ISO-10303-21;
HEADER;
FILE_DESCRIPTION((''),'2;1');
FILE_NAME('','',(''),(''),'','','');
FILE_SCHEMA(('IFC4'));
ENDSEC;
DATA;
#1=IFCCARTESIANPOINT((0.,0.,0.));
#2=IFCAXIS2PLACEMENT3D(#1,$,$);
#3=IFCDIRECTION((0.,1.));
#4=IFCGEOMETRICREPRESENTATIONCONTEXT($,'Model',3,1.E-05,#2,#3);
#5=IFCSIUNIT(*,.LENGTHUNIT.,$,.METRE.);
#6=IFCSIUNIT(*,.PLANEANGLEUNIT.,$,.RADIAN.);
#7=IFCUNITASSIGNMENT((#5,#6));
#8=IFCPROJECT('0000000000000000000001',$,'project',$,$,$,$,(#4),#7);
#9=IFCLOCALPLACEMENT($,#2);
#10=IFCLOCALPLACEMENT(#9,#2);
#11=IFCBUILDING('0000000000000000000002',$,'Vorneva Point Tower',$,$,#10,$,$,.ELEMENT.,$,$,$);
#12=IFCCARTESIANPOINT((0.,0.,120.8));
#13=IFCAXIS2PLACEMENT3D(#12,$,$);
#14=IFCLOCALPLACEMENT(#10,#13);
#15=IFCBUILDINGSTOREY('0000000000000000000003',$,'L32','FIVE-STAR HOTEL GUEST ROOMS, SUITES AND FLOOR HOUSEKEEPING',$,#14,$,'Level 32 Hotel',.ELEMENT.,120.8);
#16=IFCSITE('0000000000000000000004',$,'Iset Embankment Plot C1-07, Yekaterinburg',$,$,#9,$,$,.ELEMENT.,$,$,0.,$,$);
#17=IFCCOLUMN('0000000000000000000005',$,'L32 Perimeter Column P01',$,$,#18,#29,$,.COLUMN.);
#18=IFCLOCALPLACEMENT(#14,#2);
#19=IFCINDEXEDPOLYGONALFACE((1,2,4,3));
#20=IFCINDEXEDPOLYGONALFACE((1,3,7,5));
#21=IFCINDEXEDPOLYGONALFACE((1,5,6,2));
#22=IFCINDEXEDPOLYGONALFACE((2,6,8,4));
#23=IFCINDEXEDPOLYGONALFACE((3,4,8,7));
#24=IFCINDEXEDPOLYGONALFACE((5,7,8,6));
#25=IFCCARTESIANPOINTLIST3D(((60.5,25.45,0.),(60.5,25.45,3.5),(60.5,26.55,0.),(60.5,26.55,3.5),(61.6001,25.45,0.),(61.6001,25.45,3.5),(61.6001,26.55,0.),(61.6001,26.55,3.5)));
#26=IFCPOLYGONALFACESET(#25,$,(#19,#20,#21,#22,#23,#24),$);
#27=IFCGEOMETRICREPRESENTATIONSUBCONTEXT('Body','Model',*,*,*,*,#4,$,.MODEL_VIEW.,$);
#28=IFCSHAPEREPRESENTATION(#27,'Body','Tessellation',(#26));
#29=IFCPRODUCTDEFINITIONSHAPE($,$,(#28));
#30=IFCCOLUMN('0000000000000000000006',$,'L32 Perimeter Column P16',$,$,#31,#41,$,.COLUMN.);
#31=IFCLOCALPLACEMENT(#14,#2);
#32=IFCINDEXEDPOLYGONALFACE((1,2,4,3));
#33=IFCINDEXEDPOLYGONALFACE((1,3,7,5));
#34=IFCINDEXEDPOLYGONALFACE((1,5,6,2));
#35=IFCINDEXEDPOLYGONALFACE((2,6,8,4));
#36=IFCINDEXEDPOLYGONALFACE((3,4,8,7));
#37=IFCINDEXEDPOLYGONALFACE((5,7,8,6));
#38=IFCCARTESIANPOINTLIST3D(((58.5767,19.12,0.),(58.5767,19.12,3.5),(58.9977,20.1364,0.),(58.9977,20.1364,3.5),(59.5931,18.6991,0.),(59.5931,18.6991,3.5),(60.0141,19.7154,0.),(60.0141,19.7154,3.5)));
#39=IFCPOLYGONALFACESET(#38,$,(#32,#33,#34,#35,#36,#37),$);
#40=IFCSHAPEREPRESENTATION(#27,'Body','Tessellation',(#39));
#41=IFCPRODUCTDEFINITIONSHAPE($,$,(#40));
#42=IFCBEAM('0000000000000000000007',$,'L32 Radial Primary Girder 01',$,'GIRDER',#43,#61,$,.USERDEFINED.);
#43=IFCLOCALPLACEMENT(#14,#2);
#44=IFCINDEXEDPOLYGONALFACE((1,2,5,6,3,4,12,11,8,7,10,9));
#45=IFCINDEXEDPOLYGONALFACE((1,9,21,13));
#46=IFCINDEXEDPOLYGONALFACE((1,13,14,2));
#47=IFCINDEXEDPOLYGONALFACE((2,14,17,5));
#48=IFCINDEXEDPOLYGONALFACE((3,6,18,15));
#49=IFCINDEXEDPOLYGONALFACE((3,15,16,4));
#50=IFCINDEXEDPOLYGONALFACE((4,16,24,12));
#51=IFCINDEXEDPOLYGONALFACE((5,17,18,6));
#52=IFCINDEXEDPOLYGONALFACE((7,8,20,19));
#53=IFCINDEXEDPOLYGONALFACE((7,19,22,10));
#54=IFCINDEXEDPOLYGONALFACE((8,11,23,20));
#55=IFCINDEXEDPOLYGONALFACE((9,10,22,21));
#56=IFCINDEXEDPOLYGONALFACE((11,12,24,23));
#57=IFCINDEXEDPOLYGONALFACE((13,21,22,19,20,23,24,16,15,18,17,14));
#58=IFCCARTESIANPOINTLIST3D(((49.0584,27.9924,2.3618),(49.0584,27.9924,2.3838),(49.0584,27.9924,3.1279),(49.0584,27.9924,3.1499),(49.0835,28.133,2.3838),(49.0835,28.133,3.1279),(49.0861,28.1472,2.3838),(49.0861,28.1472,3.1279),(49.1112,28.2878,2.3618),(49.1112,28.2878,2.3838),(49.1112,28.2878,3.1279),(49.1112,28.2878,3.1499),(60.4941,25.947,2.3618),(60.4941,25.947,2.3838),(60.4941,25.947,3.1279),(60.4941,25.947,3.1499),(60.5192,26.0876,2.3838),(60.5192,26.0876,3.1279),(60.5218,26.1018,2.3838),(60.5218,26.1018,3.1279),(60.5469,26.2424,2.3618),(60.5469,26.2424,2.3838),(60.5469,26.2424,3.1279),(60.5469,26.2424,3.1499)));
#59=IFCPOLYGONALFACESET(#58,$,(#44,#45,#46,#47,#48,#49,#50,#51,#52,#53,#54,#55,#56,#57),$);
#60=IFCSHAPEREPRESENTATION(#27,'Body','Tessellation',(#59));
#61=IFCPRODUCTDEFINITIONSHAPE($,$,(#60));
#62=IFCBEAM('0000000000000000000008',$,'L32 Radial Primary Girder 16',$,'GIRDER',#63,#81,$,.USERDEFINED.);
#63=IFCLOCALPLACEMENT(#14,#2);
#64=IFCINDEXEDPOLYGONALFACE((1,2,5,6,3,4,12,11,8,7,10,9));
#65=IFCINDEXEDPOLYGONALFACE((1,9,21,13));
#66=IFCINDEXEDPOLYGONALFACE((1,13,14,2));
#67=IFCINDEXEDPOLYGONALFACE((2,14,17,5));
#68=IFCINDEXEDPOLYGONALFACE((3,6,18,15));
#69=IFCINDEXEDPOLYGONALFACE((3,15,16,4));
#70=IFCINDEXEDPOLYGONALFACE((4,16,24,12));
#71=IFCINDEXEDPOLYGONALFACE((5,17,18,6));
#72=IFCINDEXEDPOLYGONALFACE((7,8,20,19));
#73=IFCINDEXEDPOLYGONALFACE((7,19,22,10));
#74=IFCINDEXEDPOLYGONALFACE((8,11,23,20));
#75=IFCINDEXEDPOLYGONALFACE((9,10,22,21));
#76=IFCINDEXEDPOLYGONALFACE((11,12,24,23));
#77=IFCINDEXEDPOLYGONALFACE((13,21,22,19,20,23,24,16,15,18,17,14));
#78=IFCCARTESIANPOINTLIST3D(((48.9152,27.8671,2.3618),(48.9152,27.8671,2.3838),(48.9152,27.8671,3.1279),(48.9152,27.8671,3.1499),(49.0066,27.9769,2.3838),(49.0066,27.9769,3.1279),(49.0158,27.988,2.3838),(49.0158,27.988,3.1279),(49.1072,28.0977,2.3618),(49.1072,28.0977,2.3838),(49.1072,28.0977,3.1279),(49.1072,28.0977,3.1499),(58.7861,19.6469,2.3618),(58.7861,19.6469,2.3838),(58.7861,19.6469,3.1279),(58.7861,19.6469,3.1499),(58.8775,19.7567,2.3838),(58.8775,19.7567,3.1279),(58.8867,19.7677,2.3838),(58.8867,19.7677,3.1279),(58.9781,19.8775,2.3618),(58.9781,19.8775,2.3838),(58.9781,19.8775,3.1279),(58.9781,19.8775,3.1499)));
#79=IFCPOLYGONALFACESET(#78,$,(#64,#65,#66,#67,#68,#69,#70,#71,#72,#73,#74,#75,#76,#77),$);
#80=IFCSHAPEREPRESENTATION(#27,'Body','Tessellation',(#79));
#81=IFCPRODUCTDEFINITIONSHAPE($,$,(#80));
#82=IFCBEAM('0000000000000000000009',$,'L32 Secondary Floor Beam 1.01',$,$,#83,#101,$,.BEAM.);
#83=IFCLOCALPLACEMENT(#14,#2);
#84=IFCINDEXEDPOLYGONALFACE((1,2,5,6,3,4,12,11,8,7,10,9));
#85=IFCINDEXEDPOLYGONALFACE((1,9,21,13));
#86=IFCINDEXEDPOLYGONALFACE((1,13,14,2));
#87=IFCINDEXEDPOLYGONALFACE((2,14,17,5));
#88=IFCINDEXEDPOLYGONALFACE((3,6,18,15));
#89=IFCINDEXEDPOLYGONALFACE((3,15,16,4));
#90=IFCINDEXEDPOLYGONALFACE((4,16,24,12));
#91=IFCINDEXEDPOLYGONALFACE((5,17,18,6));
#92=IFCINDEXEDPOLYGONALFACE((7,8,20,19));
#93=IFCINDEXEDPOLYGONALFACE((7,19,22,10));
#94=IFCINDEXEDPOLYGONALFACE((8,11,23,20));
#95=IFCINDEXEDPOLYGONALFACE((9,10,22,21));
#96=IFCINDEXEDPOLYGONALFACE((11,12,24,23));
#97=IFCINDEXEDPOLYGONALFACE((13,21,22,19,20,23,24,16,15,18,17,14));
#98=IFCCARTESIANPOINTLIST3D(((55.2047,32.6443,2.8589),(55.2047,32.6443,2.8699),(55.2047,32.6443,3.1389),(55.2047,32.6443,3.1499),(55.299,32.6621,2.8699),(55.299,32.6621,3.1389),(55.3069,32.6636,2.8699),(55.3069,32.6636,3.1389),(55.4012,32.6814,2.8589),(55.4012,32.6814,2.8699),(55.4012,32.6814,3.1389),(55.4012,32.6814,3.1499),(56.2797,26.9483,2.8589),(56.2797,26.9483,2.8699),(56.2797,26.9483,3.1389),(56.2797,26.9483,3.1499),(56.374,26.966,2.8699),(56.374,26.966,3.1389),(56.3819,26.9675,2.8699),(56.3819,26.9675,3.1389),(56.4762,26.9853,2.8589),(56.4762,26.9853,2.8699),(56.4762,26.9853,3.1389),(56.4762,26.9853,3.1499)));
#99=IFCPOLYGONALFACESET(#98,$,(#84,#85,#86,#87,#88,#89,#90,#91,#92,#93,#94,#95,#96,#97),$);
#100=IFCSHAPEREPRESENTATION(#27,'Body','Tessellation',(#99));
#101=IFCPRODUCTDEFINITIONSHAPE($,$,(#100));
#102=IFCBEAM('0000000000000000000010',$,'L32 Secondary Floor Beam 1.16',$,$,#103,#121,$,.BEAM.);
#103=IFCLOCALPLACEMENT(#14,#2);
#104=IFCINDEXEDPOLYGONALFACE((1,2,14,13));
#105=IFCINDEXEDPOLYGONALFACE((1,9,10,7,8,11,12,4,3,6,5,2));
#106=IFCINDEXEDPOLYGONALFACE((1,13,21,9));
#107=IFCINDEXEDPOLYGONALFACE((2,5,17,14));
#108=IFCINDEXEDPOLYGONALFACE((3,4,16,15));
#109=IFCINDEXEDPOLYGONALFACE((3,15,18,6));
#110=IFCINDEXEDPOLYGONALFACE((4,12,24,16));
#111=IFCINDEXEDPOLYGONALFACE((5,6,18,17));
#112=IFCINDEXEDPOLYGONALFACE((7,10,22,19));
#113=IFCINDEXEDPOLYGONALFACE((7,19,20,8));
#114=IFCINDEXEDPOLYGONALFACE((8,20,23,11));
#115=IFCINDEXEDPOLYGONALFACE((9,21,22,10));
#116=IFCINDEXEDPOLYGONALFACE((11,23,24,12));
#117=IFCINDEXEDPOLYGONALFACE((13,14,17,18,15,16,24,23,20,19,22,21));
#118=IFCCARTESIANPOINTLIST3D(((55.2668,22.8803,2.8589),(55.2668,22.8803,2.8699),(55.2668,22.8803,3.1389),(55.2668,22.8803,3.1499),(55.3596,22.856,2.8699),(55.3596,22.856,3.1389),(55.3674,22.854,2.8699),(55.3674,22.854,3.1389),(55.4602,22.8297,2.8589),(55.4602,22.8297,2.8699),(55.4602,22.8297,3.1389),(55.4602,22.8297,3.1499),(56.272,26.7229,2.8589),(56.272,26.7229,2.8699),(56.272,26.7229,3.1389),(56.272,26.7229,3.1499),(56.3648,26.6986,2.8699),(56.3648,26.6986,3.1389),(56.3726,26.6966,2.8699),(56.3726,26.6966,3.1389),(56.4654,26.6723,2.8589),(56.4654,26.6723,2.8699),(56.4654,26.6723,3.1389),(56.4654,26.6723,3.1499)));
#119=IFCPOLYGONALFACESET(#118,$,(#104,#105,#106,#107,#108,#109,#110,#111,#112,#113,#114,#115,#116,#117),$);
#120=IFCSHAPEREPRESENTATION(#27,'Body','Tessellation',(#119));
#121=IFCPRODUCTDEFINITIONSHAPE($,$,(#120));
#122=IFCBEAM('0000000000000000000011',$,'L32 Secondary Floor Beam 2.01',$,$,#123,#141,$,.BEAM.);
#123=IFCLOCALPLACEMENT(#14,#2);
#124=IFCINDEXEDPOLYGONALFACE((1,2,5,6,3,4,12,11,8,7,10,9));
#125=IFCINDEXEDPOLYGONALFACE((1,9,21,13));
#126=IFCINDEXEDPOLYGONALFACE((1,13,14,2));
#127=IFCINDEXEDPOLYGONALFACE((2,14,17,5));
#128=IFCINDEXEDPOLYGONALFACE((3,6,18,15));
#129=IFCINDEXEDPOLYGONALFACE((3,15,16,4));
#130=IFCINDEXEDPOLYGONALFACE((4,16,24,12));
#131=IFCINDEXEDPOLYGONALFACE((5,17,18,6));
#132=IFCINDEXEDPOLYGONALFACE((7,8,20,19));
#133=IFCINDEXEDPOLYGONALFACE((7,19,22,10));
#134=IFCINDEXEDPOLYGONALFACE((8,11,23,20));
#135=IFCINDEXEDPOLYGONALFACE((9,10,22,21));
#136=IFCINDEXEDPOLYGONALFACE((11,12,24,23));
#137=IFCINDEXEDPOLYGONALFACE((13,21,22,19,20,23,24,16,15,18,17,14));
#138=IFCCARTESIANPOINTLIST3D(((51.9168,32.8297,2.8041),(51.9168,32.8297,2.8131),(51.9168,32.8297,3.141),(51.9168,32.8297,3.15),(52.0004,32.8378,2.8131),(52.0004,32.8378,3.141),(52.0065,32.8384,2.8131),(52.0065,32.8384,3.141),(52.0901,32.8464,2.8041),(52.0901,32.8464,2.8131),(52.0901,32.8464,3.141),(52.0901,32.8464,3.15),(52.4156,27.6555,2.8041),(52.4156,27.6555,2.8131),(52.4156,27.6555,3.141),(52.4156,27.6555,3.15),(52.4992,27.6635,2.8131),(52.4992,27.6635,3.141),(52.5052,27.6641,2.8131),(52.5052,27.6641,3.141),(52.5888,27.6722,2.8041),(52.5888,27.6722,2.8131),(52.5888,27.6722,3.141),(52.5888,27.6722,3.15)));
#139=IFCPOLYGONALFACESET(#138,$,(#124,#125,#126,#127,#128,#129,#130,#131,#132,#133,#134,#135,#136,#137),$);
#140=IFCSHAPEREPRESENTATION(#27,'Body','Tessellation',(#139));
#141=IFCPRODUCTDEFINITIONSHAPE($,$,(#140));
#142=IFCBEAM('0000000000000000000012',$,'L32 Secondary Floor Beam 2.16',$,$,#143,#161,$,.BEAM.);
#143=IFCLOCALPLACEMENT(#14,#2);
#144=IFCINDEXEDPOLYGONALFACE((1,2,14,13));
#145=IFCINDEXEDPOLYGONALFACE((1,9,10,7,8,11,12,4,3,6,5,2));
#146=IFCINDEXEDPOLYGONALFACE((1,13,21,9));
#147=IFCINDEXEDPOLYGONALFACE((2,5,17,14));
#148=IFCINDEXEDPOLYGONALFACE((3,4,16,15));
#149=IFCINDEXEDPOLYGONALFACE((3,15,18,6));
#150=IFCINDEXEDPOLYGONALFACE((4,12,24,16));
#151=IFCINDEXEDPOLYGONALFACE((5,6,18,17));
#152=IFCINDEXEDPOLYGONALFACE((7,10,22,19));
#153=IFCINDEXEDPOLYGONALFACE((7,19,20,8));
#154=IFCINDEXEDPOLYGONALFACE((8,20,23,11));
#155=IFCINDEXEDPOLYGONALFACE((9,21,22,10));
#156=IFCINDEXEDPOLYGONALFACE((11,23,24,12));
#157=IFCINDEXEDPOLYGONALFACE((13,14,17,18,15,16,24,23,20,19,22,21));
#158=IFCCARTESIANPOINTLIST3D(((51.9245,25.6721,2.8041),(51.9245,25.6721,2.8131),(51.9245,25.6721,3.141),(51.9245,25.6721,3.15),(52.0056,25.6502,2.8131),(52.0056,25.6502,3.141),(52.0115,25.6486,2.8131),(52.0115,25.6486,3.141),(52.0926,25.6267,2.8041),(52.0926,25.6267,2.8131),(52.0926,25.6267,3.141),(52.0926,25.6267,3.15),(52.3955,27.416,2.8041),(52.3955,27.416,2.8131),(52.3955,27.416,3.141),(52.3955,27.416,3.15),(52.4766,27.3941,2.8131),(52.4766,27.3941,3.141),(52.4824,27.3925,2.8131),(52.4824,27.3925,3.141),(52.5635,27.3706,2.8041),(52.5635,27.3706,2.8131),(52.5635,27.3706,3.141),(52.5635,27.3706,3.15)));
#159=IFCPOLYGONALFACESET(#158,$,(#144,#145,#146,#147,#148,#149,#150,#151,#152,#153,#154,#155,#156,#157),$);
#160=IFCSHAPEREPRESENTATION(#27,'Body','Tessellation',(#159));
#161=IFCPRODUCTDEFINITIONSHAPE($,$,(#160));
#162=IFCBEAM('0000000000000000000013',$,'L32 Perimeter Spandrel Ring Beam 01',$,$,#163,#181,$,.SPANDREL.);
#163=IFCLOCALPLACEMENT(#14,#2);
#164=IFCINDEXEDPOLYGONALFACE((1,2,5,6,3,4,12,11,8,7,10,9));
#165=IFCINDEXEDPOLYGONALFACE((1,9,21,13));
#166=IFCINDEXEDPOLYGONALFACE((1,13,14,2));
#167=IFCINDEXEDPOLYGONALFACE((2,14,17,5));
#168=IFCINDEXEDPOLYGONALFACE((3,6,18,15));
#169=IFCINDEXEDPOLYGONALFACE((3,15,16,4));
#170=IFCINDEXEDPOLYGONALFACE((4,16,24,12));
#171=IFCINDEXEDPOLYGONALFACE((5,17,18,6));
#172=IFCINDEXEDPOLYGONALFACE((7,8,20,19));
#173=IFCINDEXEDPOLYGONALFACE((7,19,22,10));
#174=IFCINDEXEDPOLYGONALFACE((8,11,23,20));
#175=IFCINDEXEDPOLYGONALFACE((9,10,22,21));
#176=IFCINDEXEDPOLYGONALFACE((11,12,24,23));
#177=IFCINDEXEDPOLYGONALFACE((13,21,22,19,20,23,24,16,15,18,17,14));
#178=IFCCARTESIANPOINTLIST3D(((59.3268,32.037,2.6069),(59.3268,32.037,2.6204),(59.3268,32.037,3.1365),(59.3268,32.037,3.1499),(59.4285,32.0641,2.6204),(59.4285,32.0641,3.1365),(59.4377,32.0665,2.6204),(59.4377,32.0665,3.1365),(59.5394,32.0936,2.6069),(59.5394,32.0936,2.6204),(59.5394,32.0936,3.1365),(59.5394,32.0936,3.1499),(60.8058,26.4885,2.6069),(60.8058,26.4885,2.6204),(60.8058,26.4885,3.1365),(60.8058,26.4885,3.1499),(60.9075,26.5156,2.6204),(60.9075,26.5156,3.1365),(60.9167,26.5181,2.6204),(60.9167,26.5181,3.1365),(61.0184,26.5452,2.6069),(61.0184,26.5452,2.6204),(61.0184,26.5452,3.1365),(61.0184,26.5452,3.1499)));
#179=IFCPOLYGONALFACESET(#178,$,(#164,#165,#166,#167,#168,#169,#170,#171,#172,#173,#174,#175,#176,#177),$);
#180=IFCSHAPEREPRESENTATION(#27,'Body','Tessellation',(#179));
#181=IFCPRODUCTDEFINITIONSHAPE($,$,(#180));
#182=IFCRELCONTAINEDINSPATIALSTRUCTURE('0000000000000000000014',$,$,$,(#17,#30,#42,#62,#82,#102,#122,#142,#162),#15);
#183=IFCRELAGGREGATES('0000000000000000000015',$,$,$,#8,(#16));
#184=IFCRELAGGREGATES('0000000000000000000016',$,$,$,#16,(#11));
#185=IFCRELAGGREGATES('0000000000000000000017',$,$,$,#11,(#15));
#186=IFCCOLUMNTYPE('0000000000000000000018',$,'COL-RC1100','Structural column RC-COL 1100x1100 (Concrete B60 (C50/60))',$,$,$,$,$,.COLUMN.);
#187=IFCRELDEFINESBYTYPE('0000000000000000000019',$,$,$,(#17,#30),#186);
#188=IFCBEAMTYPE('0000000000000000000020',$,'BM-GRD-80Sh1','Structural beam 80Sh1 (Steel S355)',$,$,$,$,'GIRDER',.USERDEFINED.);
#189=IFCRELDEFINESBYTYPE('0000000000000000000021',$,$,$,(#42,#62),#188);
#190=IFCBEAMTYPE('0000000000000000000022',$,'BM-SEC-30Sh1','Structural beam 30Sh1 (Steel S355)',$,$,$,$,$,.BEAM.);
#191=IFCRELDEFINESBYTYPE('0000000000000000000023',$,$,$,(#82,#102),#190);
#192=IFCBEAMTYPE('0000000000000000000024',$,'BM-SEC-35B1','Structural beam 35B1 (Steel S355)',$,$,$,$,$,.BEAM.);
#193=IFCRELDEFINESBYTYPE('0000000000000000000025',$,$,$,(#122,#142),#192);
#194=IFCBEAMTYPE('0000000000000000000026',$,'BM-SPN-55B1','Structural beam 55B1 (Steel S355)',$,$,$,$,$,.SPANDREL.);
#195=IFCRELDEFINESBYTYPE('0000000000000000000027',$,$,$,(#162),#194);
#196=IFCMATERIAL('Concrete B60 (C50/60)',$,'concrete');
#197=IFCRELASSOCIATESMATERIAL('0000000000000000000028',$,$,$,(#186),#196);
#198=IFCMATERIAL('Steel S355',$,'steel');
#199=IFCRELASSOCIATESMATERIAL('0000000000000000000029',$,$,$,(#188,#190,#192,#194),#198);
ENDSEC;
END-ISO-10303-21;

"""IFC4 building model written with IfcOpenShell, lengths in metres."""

from ifc_helpers import new_model, si_unit, direction, frame, origin, origin_2d, place, context, subcontext, project, spatial, rectangle, i_section, extrude, material, material_profile, profile_set, type_object, element, save


model = new_model("IFC4")

# Units and contexts
model_context = context("Model", 3, precision=1e-05, world=origin(), true_north=direction((0.0, 1.0)))
body_context = subcontext(model_context, "Body", "Model", "MODEL_VIEW")
ifc_project = project(units=[si_unit("LENGTHUNIT", "METRE"), si_unit("PLANEANGLEUNIT", "RADIAN")], contexts=[model_context])

# Site, building, storey
site_placement = place(None, origin())
site = spatial("IfcSite", under=ifc_project, at=site_placement, Name="Iset Embankment Plot C1-07, Yekaterinburg", CompositionType="ELEMENT", RefElevation=0.0)
building_placement = place(site_placement, origin())
building = spatial("IfcBuilding", under=site, at=building_placement, Name="Vorneva Point Tower", CompositionType="ELEMENT")
storey_placement = place(building_placement, frame((0.0, 0.0, 120.8)))
storey = spatial("IfcBuildingStorey", under=building, at=storey_placement, Name="L32", Description="FIVE-STAR HOTEL GUEST ROOMS, SUITES AND FLOOR HOUSEKEEPING", LongName="Level 32 Hotel", CompositionType="ELEMENT", Elevation=120.8)

# Columns
ifc_material_1 = material(Name="Concrete B60 (C50/60)", Category="concrete")
ifc_material_profile_1 = material_profile(ifc_material_1, rectangle(XDim=1.1001, YDim=1.1001, at=origin_2d()), Name="RC-COL 1100x1100")
ifc_profile_set_1 = profile_set([ifc_material_profile_1], Name="Concrete B60 (C50/60)")
column_type = type_object("IfcColumnType", Name="COL-RC1100", Description="Structural column RC-COL 1100x1100 (Concrete B60 (C50/60))", PredefinedType="COLUMN", material=ifc_profile_set_1)
for number, where, z_axis, x_axis, name in (
    (1, (61.05, 26.0, 0.0), (0.0, 0.0, 1.0), (1.0, 0.0, 0.0), "L32 Perimeter Column P01"),
    (2, (59.2954, 19.4177, 0.0), (0.0, 0.0, 1.0), (0.92388, -0.382683, 0.0), "L32 Perimeter Column P16"),
):
    element("IfcColumn", number, at=place(storey_placement, frame(where, z_axis=z_axis, x_axis=x_axis)), inside=storey, type_object=column_type, Name=name, PredefinedType="COLUMN", context=body_context, shape_type="SweptSolid", body=[
        extrude(rectangle(XDim=1.1001, YDim=1.1001, at=origin_2d()), origin(), (0.0, 0.0, 1.0), 3.5),
    ])

# Beams
ifc_material_2 = material(Name="Steel S355", Category="steel")
ifc_material_profile_2 = material_profile(ifc_material_2, i_section(OverallWidth=0.3, OverallDepth=0.7881, WebThickness=0.0144, FlangeThickness=0.022, at=origin_2d()), Name="80Sh1")
ifc_profile_set_2 = profile_set([ifc_material_profile_2], Name="Steel S355")
beam_type_1 = type_object("IfcBeamType", Name="BM-GRD-80Sh1", Description="Structural beam 80Sh1 (Steel S355)", ElementType="GIRDER", PredefinedType="USERDEFINED", material=ifc_profile_set_2)
beam_1_placement = place(storey_placement, frame((60.5205, 26.0947, 2.7559), z_axis=(-0.984378, 0.176066, 0.0), x_axis=(-0.176066, -0.984378, 0.0)))
element("IfcBeam", 3, at=beam_1_placement, inside=storey, type_object=beam_type_1, Name="L32 Radial Primary Girder 01", ObjectType="GIRDER", PredefinedType="USERDEFINED", context=body_context, shape_type="SweptSolid", body=[
    extrude(i_section(OverallWidth=0.3, OverallDepth=0.7881, WebThickness=0.0144, FlangeThickness=0.022, at=origin_2d()), origin(), (0.0, 0.0, 1.0), 11.6172),
])
beam_2_placement = place(storey_placement, frame((58.8821, 19.7622, 2.7559), z_axis=(-0.768432, 0.639932, 0.0), x_axis=(-0.639932, -0.768432, 0.0)))
element("IfcBeam", 4, at=beam_2_placement, inside=storey, type_object=beam_type_1, Name="L32 Radial Primary Girder 16", ObjectType="GIRDER", PredefinedType="USERDEFINED", context=body_context, shape_type="SweptSolid", body=[
    extrude(i_section(OverallWidth=0.3, OverallDepth=0.7881, WebThickness=0.0144, FlangeThickness=0.022, at=origin_2d()), origin(), (0.0, 0.0, 1.0), 12.8455),
])
ifc_material_profile_3 = material_profile(ifc_material_2, i_section(OverallWidth=0.2, OverallDepth=0.291, WebThickness=0.0081, FlangeThickness=0.011, at=origin_2d()), Name="30Sh1")
ifc_profile_set_3 = profile_set([ifc_material_profile_3], Name="Steel S355")
beam_type_2 = type_object("IfcBeamType", Name="BM-SEC-30Sh1", Description="Structural beam 30Sh1 (Steel S355)", PredefinedType="BEAM", material=ifc_profile_set_3)
beam_3_placement = place(storey_placement, frame((56.3779, 26.9668, 3.0044), z_axis=(-0.185445, 0.982655, 0.0), x_axis=(-0.982655, -0.185445, 0.0)))
element("IfcBeam", 5, at=beam_3_placement, inside=storey, type_object=beam_type_2, Name="L32 Secondary Floor Beam 1.01", PredefinedType="BEAM", context=body_context, shape_type="SweptSolid", body=[
    extrude(i_section(OverallWidth=0.2, OverallDepth=0.291, WebThickness=0.0081, FlangeThickness=0.011, at=origin_2d()), origin(), (0.0, 0.0, 1.0), 5.7966),
])
beam_4_placement = place(storey_placement, frame((55.3635, 22.855, 3.0044), z_axis=(0.253065, 0.967449, 0.0), x_axis=(-0.967449, 0.253065, 0.0)))
element("IfcBeam", 6, at=beam_4_placement, inside=storey, type_object=beam_type_2, Name="L32 Secondary Floor Beam 1.16", PredefinedType="BEAM", context=body_context, shape_type="SweptSolid", body=[
    extrude(i_section(OverallWidth=0.2, OverallDepth=0.291, WebThickness=0.0081, FlangeThickness=0.011, at=origin_2d()), origin(), (0.0, 0.0, 1.0), 3.9719),
])
ifc_material_profile_4 = material_profile(ifc_material_2, i_section(OverallWidth=0.1741, OverallDepth=0.3459, WebThickness=0.0061, FlangeThickness=0.009, at=origin_2d()), Name="35B1")
ifc_profile_set_4 = profile_set([ifc_material_profile_4], Name="Steel S355")
beam_type_3 = type_object("IfcBeamType", Name="BM-SEC-35B1", Description="Structural beam 35B1 (Steel S355)", PredefinedType="BEAM", material=ifc_profile_set_4)
beam_5_placement = place(storey_placement, frame((52.5022, 27.6638, 2.9771), z_axis=(-0.09595, 0.995386, 0.0), x_axis=(-0.995386, -0.09595, 0.0)))
element("IfcBeam", 7, at=beam_5_placement, inside=storey, type_object=beam_type_3, Name="L32 Secondary Floor Beam 2.01", PredefinedType="BEAM", context=body_context, shape_type="SweptSolid", body=[
    extrude(i_section(OverallWidth=0.1741, OverallDepth=0.3459, WebThickness=0.0061, FlangeThickness=0.009, at=origin_2d()), origin(), (0.0, 0.0, 1.0), 5.1982),
])
beam_6_placement = place(storey_placement, frame((52.0085, 25.6494, 2.9771), z_axis=(0.260715, 0.965416, 0.0), x_axis=(-0.965416, 0.260715, 0.0)))
element("IfcBeam", 8, at=beam_6_placement, inside=storey, type_object=beam_type_3, Name="L32 Secondary Floor Beam 2.16", PredefinedType="BEAM", context=body_context, shape_type="SweptSolid", body=[
    extrude(i_section(OverallWidth=0.1741, OverallDepth=0.3459, WebThickness=0.0061, FlangeThickness=0.009, at=origin_2d()), origin(), (0.0, 0.0, 1.0), 1.8064),
])
ifc_material_profile_5 = material_profile(ifc_material_2, i_section(OverallWidth=0.22, OverallDepth=0.543, WebThickness=0.0095, FlangeThickness=0.0134, at=origin_2d()), Name="55B1")
ifc_profile_set_5 = profile_set([ifc_material_profile_5], Name="Steel S355")
beam_type_4 = type_object("IfcBeamType", Name="BM-SPN-55B1", Description="Structural beam 55B1 (Steel S355)", PredefinedType="SPANDREL", material=ifc_profile_set_5)
for number, where, z_axis, x_axis, name in (
    (9, (60.9121, 26.5168, 2.8784), (-0.257573, 0.966259, 0.0), (-0.966259, -0.257573, 0.0), "L32 Perimeter Spandrel Ring Beam 01"),
):
    element("IfcBeam", number, at=place(storey_placement, frame(where, z_axis=z_axis, x_axis=x_axis)), inside=storey, type_object=beam_type_4, Name=name, PredefinedType="SPANDREL", context=body_context, shape_type="SweptSolid", body=[
        extrude(i_section(OverallWidth=0.22, OverallDepth=0.543, WebThickness=0.0095, FlangeThickness=0.0134, at=origin_2d()), origin(), (0.0, 0.0, 1.0), 5.7422),
    ])

save(model, "model.ifc")
